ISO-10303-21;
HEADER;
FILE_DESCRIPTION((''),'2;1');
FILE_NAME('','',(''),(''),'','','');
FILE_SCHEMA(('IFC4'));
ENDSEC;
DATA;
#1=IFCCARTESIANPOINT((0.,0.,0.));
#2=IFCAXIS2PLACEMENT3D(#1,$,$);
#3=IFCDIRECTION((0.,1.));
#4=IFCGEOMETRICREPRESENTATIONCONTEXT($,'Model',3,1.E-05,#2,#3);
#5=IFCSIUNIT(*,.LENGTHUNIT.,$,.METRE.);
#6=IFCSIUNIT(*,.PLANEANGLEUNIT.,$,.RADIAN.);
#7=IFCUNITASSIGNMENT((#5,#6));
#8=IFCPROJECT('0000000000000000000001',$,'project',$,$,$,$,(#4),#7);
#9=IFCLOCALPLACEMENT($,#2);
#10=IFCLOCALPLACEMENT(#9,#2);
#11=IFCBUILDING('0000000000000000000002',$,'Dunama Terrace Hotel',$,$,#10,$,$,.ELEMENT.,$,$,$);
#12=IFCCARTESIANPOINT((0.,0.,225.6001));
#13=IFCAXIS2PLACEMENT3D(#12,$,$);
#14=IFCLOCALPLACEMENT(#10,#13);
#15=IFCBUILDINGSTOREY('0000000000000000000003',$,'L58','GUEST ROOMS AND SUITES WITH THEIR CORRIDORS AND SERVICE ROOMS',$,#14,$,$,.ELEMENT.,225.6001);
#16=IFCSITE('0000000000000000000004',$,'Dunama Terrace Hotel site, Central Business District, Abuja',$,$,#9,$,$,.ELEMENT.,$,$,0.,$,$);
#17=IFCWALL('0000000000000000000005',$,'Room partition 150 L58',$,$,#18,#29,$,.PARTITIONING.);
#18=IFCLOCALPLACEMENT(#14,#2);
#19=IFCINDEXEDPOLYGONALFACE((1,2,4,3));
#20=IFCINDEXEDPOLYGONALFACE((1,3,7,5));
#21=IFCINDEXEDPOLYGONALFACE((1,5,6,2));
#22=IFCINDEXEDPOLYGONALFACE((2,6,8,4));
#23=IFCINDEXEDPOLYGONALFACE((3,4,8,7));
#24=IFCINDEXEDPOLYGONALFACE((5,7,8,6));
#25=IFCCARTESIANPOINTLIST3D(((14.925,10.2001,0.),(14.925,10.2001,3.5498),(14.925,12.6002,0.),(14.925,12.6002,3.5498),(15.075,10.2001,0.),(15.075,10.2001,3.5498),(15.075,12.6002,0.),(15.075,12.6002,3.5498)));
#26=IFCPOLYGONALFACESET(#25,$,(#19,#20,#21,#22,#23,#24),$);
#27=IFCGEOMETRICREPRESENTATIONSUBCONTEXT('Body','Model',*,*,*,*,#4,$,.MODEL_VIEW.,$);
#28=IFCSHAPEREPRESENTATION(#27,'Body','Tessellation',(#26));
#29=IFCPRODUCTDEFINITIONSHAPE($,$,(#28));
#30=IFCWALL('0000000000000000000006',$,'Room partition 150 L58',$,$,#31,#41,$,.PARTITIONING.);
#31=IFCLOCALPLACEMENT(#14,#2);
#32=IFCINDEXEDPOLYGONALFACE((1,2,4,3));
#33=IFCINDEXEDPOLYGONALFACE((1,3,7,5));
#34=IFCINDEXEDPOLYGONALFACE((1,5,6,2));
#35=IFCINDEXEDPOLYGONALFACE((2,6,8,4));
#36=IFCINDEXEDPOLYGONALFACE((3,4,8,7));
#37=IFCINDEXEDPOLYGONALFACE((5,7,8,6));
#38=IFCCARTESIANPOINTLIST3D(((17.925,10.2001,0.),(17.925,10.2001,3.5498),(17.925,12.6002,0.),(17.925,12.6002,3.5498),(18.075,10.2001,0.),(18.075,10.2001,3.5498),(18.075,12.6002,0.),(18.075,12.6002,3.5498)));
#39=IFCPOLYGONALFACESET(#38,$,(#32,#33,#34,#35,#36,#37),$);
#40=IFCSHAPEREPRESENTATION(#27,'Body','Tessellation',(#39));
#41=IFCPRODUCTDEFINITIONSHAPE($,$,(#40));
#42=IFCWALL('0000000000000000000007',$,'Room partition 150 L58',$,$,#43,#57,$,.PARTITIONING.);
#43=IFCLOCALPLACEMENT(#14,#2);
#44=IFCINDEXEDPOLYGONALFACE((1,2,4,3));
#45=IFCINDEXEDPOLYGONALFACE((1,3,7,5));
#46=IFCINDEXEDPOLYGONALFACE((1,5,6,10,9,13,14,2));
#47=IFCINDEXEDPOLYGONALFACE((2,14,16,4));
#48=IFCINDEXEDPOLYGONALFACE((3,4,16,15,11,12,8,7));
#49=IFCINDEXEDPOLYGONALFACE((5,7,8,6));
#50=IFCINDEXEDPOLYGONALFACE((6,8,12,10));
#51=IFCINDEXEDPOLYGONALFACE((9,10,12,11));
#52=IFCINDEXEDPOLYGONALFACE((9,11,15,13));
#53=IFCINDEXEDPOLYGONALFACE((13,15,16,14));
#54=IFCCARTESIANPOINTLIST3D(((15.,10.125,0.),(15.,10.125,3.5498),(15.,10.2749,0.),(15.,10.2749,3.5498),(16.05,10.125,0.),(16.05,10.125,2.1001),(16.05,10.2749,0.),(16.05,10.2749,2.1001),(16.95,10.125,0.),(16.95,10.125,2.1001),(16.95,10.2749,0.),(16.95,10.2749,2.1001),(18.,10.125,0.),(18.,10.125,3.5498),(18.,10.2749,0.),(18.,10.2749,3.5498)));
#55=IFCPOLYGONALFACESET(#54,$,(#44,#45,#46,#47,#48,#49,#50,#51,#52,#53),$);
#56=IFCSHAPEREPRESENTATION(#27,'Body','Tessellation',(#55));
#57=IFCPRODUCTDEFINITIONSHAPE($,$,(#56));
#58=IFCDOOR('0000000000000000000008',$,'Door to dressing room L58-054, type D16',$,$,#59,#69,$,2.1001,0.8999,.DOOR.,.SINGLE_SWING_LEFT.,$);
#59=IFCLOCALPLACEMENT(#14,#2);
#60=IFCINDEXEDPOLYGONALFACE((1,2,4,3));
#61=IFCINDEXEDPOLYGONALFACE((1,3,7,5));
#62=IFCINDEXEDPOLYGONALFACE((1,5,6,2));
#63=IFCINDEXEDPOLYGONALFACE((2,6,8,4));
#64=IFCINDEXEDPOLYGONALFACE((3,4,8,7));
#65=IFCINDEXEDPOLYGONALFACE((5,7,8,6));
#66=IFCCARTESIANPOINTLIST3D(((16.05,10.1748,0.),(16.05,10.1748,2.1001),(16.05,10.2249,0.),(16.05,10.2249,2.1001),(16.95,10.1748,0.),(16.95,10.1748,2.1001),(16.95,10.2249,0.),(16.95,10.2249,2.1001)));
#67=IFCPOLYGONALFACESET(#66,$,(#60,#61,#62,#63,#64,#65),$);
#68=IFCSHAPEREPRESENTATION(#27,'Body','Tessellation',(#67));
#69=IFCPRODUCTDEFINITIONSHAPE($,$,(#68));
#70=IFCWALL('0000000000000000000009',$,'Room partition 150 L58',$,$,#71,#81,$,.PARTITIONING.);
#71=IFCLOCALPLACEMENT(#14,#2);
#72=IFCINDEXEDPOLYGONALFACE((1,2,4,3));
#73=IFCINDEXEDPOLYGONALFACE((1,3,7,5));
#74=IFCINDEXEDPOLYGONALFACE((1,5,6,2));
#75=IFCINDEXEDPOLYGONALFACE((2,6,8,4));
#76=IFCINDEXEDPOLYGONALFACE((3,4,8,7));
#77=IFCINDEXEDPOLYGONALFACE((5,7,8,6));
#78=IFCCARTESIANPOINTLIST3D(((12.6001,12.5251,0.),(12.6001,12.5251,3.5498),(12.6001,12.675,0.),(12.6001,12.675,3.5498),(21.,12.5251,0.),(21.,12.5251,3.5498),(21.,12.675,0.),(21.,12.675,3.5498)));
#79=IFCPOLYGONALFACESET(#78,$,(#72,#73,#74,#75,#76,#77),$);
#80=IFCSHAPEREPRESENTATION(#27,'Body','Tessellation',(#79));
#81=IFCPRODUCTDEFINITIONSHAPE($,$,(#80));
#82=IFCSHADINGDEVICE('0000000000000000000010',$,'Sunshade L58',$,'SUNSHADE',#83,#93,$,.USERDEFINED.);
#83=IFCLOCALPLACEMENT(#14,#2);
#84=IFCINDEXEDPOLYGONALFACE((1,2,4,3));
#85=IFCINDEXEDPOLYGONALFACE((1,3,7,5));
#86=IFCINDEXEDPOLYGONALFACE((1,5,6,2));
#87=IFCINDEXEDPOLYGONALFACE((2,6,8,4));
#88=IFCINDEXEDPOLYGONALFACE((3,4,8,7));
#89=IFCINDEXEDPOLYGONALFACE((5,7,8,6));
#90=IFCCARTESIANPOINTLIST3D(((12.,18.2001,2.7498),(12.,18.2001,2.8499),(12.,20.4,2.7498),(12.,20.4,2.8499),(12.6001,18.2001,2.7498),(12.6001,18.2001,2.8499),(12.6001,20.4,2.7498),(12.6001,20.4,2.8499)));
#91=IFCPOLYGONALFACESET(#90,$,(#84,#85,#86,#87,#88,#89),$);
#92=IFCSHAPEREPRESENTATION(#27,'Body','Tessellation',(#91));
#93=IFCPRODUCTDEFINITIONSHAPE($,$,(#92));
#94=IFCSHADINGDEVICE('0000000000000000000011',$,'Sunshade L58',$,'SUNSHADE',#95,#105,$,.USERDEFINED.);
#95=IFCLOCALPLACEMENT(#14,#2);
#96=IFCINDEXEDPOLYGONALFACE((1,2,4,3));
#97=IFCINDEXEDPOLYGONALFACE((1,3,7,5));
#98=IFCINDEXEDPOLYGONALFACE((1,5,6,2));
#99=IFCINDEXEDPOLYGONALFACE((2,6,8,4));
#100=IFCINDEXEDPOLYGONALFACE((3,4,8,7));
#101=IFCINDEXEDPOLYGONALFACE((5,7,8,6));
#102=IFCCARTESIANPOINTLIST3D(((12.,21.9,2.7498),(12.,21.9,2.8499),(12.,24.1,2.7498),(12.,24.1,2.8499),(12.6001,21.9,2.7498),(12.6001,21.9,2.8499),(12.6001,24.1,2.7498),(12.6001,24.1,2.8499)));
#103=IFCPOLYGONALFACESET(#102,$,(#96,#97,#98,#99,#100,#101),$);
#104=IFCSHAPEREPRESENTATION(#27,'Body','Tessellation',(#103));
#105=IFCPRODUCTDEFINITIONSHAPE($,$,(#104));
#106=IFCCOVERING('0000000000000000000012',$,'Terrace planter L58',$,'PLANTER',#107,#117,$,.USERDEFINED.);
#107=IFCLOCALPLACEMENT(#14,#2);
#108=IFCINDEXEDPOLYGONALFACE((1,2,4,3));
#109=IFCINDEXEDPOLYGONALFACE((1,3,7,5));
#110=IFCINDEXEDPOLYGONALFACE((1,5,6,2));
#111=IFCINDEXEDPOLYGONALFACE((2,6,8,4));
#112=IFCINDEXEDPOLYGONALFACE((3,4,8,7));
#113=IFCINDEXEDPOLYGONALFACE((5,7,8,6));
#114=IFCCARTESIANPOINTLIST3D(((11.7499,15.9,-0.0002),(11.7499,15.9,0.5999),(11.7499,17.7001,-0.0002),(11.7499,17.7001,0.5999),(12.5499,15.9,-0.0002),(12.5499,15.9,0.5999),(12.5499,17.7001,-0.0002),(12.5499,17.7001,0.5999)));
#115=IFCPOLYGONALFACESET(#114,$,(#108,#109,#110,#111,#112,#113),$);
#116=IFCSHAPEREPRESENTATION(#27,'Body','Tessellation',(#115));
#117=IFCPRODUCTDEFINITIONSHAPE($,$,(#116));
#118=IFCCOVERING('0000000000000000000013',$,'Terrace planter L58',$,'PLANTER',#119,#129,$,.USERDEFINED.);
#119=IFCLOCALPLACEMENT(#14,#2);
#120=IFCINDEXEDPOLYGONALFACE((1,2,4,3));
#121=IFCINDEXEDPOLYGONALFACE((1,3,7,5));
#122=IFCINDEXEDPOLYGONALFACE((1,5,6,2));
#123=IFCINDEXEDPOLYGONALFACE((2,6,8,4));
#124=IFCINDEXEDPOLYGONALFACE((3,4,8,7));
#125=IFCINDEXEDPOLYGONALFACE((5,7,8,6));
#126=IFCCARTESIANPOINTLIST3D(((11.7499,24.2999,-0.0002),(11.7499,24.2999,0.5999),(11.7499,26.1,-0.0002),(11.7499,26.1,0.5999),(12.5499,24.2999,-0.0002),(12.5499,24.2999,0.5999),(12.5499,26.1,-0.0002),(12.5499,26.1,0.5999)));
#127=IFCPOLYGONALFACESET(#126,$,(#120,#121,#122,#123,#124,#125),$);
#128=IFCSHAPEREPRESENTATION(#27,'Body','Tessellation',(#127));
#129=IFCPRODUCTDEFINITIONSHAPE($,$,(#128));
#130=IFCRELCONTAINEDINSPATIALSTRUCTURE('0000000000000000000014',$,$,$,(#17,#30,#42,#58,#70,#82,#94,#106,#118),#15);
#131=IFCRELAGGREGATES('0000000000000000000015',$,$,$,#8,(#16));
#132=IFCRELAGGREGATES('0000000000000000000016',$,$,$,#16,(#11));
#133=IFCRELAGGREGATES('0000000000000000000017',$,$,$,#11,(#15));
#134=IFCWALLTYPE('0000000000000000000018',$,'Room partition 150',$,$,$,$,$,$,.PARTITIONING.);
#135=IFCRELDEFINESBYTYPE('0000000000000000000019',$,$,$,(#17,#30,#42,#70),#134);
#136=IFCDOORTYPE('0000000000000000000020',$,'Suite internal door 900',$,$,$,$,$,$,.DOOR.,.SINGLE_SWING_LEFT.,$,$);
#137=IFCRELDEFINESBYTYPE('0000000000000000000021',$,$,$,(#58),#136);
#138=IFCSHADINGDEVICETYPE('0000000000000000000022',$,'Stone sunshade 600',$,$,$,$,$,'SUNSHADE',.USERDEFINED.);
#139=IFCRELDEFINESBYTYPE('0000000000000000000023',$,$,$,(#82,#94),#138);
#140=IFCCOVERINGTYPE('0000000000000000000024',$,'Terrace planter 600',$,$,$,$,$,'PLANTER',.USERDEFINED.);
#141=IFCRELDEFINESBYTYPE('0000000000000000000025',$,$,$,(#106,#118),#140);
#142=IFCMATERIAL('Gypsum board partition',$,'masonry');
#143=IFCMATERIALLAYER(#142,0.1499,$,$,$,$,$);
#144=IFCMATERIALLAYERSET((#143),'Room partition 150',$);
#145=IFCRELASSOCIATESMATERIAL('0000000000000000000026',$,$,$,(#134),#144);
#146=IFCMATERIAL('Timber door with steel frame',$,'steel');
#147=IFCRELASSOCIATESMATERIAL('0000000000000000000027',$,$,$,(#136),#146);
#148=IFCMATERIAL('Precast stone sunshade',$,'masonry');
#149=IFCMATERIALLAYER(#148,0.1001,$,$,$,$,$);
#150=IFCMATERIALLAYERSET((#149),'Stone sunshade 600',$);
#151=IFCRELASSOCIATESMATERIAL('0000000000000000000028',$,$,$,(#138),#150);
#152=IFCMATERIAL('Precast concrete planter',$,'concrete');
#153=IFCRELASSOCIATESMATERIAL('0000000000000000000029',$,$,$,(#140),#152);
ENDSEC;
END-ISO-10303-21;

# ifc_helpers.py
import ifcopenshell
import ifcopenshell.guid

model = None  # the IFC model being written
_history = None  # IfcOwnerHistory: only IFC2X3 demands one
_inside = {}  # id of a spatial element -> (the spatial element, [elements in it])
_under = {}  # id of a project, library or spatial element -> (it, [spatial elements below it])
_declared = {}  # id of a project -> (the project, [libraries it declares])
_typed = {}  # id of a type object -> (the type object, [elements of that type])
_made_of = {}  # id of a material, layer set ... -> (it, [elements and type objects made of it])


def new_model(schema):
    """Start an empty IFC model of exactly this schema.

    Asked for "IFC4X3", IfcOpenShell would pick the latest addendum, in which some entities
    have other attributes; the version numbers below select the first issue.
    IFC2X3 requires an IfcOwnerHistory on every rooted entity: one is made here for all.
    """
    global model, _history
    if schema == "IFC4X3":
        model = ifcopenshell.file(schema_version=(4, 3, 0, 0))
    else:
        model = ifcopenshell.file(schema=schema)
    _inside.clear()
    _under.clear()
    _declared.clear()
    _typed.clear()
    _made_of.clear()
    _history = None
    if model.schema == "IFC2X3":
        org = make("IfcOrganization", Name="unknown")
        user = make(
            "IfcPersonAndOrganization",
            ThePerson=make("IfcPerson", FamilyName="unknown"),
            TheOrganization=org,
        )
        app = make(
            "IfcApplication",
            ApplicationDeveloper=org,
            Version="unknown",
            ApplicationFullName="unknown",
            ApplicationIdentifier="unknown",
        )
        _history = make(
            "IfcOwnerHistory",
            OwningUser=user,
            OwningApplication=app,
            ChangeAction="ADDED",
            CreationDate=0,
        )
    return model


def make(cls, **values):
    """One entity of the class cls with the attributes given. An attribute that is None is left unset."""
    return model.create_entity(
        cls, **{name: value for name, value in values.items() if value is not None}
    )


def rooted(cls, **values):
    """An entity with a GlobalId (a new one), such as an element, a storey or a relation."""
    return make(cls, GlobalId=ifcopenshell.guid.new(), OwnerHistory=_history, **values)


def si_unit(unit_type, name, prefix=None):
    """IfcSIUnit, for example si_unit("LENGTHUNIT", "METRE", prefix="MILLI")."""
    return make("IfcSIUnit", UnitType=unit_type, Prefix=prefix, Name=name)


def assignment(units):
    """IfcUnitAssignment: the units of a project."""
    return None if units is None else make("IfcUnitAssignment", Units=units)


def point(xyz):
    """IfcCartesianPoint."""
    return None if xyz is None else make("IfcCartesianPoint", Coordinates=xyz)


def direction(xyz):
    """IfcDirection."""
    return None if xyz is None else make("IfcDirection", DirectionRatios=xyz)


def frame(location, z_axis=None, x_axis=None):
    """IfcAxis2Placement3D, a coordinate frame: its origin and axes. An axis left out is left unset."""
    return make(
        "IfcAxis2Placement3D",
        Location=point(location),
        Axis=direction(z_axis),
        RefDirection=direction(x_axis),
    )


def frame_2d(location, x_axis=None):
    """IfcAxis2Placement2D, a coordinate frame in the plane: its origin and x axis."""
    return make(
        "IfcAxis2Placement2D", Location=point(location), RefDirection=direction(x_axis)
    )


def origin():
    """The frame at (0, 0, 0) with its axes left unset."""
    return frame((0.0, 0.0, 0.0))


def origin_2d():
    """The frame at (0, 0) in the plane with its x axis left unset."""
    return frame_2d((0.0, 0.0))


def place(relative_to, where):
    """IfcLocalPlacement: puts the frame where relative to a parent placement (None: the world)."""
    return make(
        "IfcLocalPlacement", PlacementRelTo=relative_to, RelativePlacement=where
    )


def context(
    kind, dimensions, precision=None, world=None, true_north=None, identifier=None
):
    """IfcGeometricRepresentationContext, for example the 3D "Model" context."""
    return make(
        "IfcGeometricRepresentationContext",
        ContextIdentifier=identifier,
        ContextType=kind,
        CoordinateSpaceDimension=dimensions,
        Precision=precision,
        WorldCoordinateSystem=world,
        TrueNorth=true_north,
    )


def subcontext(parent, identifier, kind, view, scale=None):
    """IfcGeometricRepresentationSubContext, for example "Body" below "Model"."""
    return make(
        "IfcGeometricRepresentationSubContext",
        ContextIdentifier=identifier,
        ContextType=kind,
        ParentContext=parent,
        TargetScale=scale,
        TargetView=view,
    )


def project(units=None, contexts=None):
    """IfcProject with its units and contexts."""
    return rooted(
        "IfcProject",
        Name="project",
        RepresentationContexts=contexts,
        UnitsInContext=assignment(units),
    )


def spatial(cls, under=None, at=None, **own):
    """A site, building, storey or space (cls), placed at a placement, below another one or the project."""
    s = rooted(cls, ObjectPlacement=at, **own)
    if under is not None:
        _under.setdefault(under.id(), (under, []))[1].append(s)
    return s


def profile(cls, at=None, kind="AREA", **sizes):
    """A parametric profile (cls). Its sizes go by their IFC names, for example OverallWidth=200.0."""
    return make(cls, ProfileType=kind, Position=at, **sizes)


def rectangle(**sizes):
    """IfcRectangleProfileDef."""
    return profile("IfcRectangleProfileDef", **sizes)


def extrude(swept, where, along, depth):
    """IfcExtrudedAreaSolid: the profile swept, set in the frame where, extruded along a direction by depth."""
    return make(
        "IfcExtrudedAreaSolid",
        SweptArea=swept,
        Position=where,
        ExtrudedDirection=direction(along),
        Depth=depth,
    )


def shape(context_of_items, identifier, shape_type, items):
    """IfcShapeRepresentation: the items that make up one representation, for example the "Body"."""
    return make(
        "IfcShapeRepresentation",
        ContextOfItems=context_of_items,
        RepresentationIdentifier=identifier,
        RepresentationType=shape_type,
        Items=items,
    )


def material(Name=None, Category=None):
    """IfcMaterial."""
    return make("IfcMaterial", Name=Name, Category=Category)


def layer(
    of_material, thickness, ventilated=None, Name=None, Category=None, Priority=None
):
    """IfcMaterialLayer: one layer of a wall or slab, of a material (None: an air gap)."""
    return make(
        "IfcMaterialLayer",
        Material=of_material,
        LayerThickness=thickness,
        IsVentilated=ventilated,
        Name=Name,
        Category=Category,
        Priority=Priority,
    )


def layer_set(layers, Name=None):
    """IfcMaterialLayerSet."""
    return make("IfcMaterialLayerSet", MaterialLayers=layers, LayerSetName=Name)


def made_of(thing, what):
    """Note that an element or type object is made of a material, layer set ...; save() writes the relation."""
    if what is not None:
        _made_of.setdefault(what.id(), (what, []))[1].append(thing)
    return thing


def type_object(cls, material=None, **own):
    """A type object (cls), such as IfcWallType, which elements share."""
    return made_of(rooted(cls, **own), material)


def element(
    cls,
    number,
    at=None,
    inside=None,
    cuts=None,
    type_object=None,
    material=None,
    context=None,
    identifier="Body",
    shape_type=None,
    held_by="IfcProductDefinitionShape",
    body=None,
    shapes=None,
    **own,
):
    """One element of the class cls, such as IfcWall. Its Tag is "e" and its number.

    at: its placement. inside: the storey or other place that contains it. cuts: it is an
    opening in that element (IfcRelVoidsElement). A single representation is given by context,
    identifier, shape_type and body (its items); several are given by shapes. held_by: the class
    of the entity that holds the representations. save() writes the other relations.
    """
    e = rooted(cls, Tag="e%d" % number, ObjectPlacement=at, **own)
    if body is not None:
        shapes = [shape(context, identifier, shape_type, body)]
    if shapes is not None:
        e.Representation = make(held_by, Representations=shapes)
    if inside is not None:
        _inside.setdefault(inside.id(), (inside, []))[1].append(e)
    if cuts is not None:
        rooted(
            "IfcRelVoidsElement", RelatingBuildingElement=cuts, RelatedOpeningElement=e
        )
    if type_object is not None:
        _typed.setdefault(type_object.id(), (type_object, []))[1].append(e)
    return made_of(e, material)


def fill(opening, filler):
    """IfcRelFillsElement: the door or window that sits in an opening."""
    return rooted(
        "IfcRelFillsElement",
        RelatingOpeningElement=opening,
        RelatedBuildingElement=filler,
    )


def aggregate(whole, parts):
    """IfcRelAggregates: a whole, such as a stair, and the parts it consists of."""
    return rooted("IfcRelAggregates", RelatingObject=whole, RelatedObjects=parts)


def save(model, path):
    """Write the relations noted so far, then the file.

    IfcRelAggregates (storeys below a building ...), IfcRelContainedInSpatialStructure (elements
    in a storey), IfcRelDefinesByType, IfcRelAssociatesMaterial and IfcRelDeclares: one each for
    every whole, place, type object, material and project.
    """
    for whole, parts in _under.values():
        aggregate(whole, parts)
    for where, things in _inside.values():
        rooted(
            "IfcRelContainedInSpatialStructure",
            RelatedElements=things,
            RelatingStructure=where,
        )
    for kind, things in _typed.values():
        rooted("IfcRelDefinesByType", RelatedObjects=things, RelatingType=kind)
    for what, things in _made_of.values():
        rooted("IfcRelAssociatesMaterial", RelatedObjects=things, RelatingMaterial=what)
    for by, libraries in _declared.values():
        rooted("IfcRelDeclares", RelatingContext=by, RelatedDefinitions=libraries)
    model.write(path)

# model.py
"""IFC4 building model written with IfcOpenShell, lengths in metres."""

from ifc_helpers import new_model, si_unit, direction, frame, frame_2d, origin, origin_2d, place, context, subcontext, project, spatial, rectangle, extrude, material, layer, layer_set, type_object, element, fill, save


model = new_model("IFC4")

# Units and contexts
model_context = context("Model", 3, precision=1e-05, world=origin(), true_north=direction((0.0, 1.0)))
body_context = subcontext(model_context, "Body", "Model", "MODEL_VIEW")
ifc_project = project(units=[si_unit("LENGTHUNIT", "METRE"), si_unit("PLANEANGLEUNIT", "RADIAN")], contexts=[model_context])

# Site, building, storey
site_placement = place(None, origin())
site = spatial("IfcSite", under=ifc_project, at=site_placement, Name="Dunama Terrace Hotel site, Central Business District, Abuja", CompositionType="ELEMENT", RefElevation=0.0)
building_placement = place(site_placement, origin())
building = spatial("IfcBuilding", under=site, at=building_placement, Name="Dunama Terrace Hotel", CompositionType="ELEMENT")
storey_placement = place(building_placement, frame((0.0, 0.0, 225.6001)))
storey = spatial("IfcBuildingStorey", under=building, at=storey_placement, Name="L58", Description="GUEST ROOMS AND SUITES WITH THEIR CORRIDORS AND SERVICE ROOMS", CompositionType="ELEMENT", Elevation=225.6001)

# Walls
ifc_material_1 = material(Name="Gypsum board partition", Category="masonry")
ifc_layer_1 = layer(ifc_material_1, 0.1499)
ifc_layer_set_1 = layer_set([ifc_layer_1], Name="Room partition 150")
wall_type_1 = type_object("IfcWallType", Name="Room partition 150", PredefinedType="PARTITIONING", material=ifc_layer_set_1)
for number, where, z_axis, x_axis, name in (
    (1, (15.0, 10.2, 0.0), (0.0, 0.0, 1.0), (0.0, 1.0, 0.0), "Room partition 150 L58"),
    (2, (18.0, 10.2, 0.0), (0.0, 0.0, 1.0), (0.0, 1.0, 0.0), "Room partition 150 L58"),
):
    element("IfcWall", number, at=place(storey_placement, frame(where, z_axis=z_axis, x_axis=x_axis)), inside=storey, type_object=wall_type_1, Name=name, PredefinedType="PARTITIONING", context=body_context, shape_type="SweptSolid", body=[
        extrude(rectangle(XDim=2.4001, YDim=0.1499, at=frame_2d((1.2002, 0.0))), origin(), (0.0, 0.0, 1.0), 3.5498),
    ])

# Wall, opening, door
wall_1_placement = place(storey_placement, frame((15.0, 10.2, 0.0), z_axis=(0.0, 0.0, 1.0), x_axis=(1.0, 0.0, 0.0)))
wall_1 = element("IfcWall", 3, at=wall_1_placement, inside=storey, type_object=wall_type_1, Name="Room partition 150 L58", PredefinedType="PARTITIONING", context=body_context, shape_type="SweptSolid", body=[
    extrude(rectangle(XDim=3.0, YDim=0.1499, at=frame_2d((1.5, 0.0))), origin(), (0.0, 0.0, 1.0), 3.5498),
])
opening_1_placement = place(wall_1_placement, frame((1.05, 0.0, 0.0)))
opening_1 = element("IfcOpeningElement", 4, at=opening_1_placement, cuts=wall_1, PredefinedType="OPENING", context=body_context, shape_type="SweptSolid", body=[
    extrude(rectangle(XDim=0.8999, YDim=2.1001, at=frame_2d((0.45, 1.05))), frame((0.0, 0.085, 0.0), z_axis=(0.0, -1.0, 0.0), x_axis=(1.0, 0.0, 0.0)), (0.0, 0.0, 1.0), 0.1699),
])
ifc_material_2 = material(Name="Timber door with steel frame", Category="steel")
door_type_1 = type_object("IfcDoorType", Name="Suite internal door 900", OperationType="SINGLE_SWING_LEFT", PredefinedType="DOOR", material=ifc_material_2)
door_1_placement = place(opening_1_placement, origin())
door_1 = element("IfcDoor", 5, at=door_1_placement, inside=storey, type_object=door_type_1, Name="Door to dressing room L58-054, type D16", OperationType="SINGLE_SWING_LEFT", OverallHeight=2.1001, OverallWidth=0.8999, PredefinedType="DOOR", context=body_context, shape_type="SweptSolid", body=[
    extrude(rectangle(XDim=0.8999, YDim=2.1001, at=frame_2d((0.45, 1.05))), frame((0.0, 0.0249, 0.0), z_axis=(0.0, -1.0, 0.0), x_axis=(1.0, 0.0, 0.0)), (0.0, 0.0, 1.0), 0.05),
])
fill(opening_1, door_1)

# Wall
wall_2_placement = place(storey_placement, frame((12.6001, 12.6001, 0.0), z_axis=(0.0, 0.0, 1.0), x_axis=(1.0, 0.0, 0.0)))
element("IfcWall", 6, at=wall_2_placement, inside=storey, type_object=wall_type_1, Name="Room partition 150 L58", PredefinedType="PARTITIONING", context=body_context, shape_type="SweptSolid", body=[
    extrude(rectangle(XDim=8.3999, YDim=0.1499, at=frame_2d((4.2, 0.0))), origin(), (0.0, 0.0, 1.0), 3.5498),
])

# Shading devices
ifc_material_3 = material(Name="Precast stone sunshade", Category="masonry")
ifc_layer_2 = layer(ifc_material_3, 0.1001)
ifc_layer_set_2 = layer_set([ifc_layer_2], Name="Stone sunshade 600")
shading_device_type = type_object("IfcShadingDeviceType", Name="Stone sunshade 600", ElementType="SUNSHADE", PredefinedType="USERDEFINED", material=ifc_layer_set_2)
for number, where, z_axis, x_axis, name in (
    (7, (12.3, 19.3, 2.7498), (0.0, 0.0, 1.0), (0.0, -1.0, 0.0), "Sunshade L58"),
    (8, (12.3, 23.0, 2.7498), (0.0, 0.0, 1.0), (0.0, -1.0, 0.0), "Sunshade L58"),
):
    element("IfcShadingDevice", number, at=place(storey_placement, frame(where, z_axis=z_axis, x_axis=x_axis)), inside=storey, type_object=shading_device_type, Name=name, ObjectType="SUNSHADE", PredefinedType="USERDEFINED", context=body_context, shape_type="SweptSolid", body=[
        extrude(rectangle(XDim=2.2, YDim=0.6001, at=origin_2d()), origin(), (0.0, 0.0, 1.0), 0.1001),
    ])

# Coverings
ifc_material_4 = material(Name="Precast concrete planter", Category="concrete")
covering_type = type_object("IfcCoveringType", Name="Terrace planter 600", ElementType="PLANTER", PredefinedType="USERDEFINED", material=ifc_material_4)
for number, where, z_axis, x_axis, name in (
    (9, (12.1499, 16.8, -0.0002), (0.0, 0.0, 1.0), (1.0, 0.0, 0.0), "Terrace planter L58"),
    (10, (12.1499, 25.2, -0.0002), (0.0, 0.0, 1.0), (1.0, 0.0, 0.0), "Terrace planter L58"),
):
    element("IfcCovering", number, at=place(storey_placement, frame(where, z_axis=z_axis, x_axis=x_axis)), inside=storey, type_object=covering_type, Name=name, ObjectType="PLANTER", PredefinedType="USERDEFINED", context=body_context, shape_type="SweptSolid", body=[
        extrude(rectangle(XDim=0.8, YDim=1.8, at=origin_2d()), origin(), (0.0, 0.0, 1.0), 0.6001),
    ])

save(model, "model.ifc")
